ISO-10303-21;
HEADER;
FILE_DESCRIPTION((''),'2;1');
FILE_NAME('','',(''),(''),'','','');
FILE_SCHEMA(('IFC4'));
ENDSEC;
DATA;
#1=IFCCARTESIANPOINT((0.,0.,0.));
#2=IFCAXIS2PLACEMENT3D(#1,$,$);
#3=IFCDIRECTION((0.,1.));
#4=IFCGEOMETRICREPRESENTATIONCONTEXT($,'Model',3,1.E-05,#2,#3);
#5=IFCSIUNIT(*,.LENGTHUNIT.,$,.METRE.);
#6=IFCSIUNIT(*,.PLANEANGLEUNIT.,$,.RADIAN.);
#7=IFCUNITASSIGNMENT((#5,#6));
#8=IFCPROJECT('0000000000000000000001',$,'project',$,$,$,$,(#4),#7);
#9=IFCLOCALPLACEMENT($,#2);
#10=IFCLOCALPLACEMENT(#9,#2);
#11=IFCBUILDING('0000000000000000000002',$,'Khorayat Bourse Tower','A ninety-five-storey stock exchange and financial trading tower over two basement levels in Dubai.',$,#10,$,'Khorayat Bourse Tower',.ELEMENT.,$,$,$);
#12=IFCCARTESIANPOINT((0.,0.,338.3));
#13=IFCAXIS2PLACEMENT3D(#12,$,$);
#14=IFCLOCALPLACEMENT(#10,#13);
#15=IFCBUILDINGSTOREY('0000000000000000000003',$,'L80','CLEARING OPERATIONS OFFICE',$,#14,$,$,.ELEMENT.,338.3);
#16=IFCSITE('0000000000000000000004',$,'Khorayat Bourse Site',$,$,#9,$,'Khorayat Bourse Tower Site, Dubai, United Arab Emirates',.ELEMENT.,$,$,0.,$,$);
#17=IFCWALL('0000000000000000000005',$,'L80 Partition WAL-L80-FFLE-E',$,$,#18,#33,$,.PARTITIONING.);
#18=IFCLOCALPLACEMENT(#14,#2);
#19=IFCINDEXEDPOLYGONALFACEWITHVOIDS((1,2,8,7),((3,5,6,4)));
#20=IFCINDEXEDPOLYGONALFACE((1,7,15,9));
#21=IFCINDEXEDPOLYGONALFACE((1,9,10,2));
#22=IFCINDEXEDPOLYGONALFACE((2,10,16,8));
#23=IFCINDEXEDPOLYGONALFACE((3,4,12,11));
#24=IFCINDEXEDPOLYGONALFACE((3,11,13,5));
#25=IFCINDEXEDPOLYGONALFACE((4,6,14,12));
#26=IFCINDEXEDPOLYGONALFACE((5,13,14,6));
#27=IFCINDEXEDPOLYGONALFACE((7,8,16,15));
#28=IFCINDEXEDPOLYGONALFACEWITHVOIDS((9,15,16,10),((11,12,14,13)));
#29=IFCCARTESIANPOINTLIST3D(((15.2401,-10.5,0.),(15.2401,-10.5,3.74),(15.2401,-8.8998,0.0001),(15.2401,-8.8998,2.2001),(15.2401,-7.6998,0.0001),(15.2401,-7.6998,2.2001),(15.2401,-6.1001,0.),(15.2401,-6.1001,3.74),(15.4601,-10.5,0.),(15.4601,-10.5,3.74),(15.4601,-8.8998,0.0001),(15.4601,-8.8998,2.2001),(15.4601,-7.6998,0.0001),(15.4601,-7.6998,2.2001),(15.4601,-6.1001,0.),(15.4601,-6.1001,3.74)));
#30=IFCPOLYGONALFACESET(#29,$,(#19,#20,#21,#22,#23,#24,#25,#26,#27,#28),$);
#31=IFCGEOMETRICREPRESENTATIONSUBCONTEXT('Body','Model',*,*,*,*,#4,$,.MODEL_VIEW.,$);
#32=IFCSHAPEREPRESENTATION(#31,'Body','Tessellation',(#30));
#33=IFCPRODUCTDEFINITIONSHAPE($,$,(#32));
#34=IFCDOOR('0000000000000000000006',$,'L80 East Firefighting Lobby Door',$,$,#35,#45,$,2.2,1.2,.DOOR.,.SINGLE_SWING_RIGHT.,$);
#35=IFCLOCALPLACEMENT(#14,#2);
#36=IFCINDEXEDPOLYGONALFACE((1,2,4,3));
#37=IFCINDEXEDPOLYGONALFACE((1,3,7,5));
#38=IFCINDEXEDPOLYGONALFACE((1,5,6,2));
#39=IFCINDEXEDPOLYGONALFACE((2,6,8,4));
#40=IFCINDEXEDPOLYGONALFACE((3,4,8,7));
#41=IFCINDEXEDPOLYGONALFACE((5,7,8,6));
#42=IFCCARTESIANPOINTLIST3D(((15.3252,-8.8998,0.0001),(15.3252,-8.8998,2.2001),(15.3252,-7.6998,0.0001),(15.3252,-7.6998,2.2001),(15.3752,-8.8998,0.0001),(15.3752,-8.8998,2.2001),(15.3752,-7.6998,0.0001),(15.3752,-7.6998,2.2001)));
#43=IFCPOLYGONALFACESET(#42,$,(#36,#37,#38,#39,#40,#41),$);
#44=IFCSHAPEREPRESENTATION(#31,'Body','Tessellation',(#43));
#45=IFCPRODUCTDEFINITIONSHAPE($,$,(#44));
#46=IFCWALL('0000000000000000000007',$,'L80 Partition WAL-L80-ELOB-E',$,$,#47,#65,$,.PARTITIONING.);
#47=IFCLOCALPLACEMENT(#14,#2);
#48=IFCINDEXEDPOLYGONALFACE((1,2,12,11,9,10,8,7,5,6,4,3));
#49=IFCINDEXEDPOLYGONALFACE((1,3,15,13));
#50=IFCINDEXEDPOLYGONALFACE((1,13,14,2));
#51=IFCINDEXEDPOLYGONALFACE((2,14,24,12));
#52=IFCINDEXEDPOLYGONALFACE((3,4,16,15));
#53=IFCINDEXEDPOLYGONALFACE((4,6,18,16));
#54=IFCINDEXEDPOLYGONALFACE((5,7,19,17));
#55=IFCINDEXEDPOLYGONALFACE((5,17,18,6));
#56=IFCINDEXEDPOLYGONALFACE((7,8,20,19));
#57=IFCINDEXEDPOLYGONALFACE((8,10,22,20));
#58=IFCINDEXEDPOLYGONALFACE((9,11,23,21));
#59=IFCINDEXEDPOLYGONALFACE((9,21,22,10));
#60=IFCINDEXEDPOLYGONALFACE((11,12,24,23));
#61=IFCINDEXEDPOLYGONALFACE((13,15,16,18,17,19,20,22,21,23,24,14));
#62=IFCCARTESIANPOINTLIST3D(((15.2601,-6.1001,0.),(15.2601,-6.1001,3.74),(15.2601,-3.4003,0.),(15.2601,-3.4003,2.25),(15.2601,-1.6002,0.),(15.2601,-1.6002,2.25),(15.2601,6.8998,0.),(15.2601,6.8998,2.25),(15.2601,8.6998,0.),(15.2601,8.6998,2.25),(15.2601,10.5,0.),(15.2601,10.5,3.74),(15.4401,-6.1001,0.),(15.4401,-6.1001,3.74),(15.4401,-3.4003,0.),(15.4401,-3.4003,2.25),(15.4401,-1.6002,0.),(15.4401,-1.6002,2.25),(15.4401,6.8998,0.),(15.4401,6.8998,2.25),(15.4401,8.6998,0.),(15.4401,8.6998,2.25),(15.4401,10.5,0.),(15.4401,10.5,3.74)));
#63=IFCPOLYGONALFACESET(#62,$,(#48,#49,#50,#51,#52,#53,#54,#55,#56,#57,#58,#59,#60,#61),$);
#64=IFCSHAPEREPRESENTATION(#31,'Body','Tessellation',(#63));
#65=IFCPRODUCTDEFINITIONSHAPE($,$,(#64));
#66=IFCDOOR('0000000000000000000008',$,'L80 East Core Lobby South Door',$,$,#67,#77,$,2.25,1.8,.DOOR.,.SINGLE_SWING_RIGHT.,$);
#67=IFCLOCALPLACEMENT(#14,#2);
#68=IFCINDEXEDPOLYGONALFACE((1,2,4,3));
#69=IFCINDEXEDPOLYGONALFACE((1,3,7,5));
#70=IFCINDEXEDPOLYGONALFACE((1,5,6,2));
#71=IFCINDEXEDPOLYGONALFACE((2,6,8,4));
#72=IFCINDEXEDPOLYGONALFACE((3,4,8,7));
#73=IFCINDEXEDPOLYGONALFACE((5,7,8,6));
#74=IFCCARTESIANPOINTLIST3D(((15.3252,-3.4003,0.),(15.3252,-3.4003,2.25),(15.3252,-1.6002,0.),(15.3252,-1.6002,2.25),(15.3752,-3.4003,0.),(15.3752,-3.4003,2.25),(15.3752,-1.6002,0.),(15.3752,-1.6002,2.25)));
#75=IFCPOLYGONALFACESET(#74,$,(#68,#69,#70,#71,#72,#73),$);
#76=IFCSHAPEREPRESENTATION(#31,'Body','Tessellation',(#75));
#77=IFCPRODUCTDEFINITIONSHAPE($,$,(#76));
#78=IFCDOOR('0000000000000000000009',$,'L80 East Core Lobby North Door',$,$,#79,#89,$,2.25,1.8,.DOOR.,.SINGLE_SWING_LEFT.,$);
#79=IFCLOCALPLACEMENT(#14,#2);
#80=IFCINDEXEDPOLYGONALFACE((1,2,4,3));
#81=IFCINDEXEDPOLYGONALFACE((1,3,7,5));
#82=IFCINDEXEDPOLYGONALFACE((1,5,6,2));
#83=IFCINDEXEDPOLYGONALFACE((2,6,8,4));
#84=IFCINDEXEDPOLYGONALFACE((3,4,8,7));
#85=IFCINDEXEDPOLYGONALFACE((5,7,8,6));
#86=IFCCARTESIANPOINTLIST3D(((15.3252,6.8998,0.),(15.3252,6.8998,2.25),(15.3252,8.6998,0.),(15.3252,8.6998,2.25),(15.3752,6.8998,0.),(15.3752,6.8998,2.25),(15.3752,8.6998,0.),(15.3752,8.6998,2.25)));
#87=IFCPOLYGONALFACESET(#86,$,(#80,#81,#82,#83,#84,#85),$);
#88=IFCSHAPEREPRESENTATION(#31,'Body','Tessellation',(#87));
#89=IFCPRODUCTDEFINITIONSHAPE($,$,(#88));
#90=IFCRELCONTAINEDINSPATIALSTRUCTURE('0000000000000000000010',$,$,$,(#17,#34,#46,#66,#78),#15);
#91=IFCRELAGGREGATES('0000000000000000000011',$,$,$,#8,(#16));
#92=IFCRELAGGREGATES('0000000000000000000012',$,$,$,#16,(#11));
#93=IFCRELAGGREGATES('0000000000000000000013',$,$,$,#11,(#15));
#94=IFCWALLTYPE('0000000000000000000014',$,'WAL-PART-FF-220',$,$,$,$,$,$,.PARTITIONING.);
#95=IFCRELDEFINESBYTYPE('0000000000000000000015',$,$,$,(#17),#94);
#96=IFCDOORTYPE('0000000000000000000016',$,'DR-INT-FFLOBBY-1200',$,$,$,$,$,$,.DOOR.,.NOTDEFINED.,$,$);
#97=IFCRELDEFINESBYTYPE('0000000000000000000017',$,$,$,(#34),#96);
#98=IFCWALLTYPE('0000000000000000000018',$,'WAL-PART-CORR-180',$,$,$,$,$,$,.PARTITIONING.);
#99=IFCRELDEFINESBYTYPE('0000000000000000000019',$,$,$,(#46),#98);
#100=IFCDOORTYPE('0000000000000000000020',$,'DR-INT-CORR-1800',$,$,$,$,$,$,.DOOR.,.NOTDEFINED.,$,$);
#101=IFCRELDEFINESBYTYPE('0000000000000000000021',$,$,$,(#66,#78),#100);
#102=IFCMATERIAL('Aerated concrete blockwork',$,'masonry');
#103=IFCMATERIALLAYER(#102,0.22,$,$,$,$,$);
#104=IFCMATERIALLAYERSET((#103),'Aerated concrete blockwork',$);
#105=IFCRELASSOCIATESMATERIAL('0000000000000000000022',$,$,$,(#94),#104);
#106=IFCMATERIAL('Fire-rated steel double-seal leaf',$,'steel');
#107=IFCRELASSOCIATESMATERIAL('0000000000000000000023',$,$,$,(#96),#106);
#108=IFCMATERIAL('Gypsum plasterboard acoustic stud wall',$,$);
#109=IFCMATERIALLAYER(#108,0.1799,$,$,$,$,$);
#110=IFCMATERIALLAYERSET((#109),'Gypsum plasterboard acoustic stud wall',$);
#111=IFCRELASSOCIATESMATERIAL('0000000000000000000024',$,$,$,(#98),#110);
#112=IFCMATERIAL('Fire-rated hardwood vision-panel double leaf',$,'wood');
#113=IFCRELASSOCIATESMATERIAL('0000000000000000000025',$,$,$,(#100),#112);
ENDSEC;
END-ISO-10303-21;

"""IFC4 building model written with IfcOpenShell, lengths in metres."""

from ifc_helpers import new_model, si_unit, direction, frame, frame_2d, origin, place, context, subcontext, project, spatial, rectangle, extrude, source, transform, mapped, material, layer, layer_set, type_object, element, fill, save


model = new_model("IFC4")

# Units and contexts
model_context = context("Model", 3, precision=1e-05, world=origin(), true_north=direction((0.0, 1.0)))
body_context = subcontext(model_context, "Body", "Model", "MODEL_VIEW")
ifc_project = project(units=[si_unit("LENGTHUNIT", "METRE"), si_unit("PLANEANGLEUNIT", "RADIAN")], contexts=[model_context])

# Site, building, storey
site_placement = place(None, origin())
site = spatial("IfcSite", under=ifc_project, at=site_placement, Name="Khorayat Bourse Site", LongName="Khorayat Bourse Tower Site, Dubai, United Arab Emirates", CompositionType="ELEMENT", RefElevation=0.0)
building_placement = place(site_placement, origin())
building = spatial("IfcBuilding", under=site, at=building_placement, Name="Khorayat Bourse Tower", Description="A ninety-five-storey stock exchange and financial trading tower over two basement levels in Dubai.", LongName="Khorayat Bourse Tower", CompositionType="ELEMENT")
storey_placement = place(building_placement, frame((0.0, 0.0, 338.3)))
storey = spatial("IfcBuildingStorey", under=building, at=storey_placement, Name="L80", Description="CLEARING OPERATIONS OFFICE", CompositionType="ELEMENT", Elevation=338.3)

# Shared definitions
ifc_material_1 = material(Name="Aerated concrete blockwork", Category="masonry")
ifc_layer_1 = layer(ifc_material_1, 0.22)
ifc_layer_set_1 = layer_set([ifc_layer_1], Name="Aerated concrete blockwork")
wall_type_1 = type_object("IfcWallType", Name="WAL-PART-FF-220", PredefinedType="PARTITIONING", material=ifc_layer_set_1)

# Wall, opening, door
shared_shape_1 = source(origin(), body_context, "Body", "SweptSolid", [
    extrude(rectangle(XDim=4.3999, YDim=0.22, at=frame_2d((2.2, 0.0))), origin(), (0.0, 0.0, 1.0), 3.74),
])
wall_1_placement = place(storey_placement, frame((15.3501, -10.5, 0.0), z_axis=(0.0, 0.0, 1.0), x_axis=(0.0, 1.0, 0.0)))
wall_1 = element("IfcWall", 1, at=wall_1_placement, inside=storey, type_object=wall_type_1, Name="L80 Partition WAL-L80-FFLE-E", PredefinedType="PARTITIONING", context=body_context, shape_type="MappedRepresentation", body=[
    mapped(shared_shape_1, transform((0.0, 0.0, 0.0), scale=1.0)),
])
shared_shape_2 = source(origin(), body_context, "Body", "SweptSolid", [
    extrude(rectangle(XDim=1.2, YDim=2.2, at=frame_2d((0.6001, 1.1001))), frame((0.0, 0.1199, 0.0), z_axis=(0.0, -1.0, 0.0), x_axis=(1.0, 0.0, 0.0)), (0.0, 0.0, 1.0), 0.24),
])
opening_1_placement = place(wall_1_placement, frame((1.6001, 0.0, 0.0)))
opening_1 = element("IfcOpeningElement", 2, at=opening_1_placement, cuts=wall_1, PredefinedType="OPENING", context=body_context, shape_type="MappedRepresentation", body=[
    mapped(shared_shape_2, transform((0.0, 0.0, 0.0), scale=1.0)),
])
ifc_material_2 = material(Name="Fire-rated steel double-seal leaf", Category="steel")
door_type_1 = type_object("IfcDoorType", Name="DR-INT-FFLOBBY-1200", OperationType="NOTDEFINED", PredefinedType="DOOR", material=ifc_material_2)
shared_shape_3 = source(origin(), body_context, "Body", "SweptSolid", [
    extrude(rectangle(XDim=1.2, YDim=2.2, at=frame_2d((0.6001, 1.1001))), frame((0.0, 0.0249, 0.0), z_axis=(0.0, -1.0, 0.0), x_axis=(1.0, 0.0, 0.0)), (0.0, 0.0, 1.0), 0.05),
])
door_1_placement = place(opening_1_placement, origin())
door_1 = element("IfcDoor", 3, at=door_1_placement, inside=storey, type_object=door_type_1, Name="L80 East Firefighting Lobby Door", OperationType="SINGLE_SWING_RIGHT", OverallHeight=2.2, OverallWidth=1.2, PredefinedType="DOOR", context=body_context, shape_type="MappedRepresentation", body=[
    mapped(shared_shape_3, transform((0.0, 0.0, 0.0), scale=1.0)),
])
fill(opening_1, door_1)

# Wall, openings, doors
ifc_material_3 = material(Name="Gypsum plasterboard acoustic stud wall")
ifc_layer_2 = layer(ifc_material_3, 0.1799)
ifc_layer_set_2 = layer_set([ifc_layer_2], Name="Gypsum plasterboard acoustic stud wall")
wall_type_2 = type_object("IfcWallType", Name="WAL-PART-CORR-180", PredefinedType="PARTITIONING", material=ifc_layer_set_2)
shared_shape_4 = source(origin(), body_context, "Body", "SweptSolid", [
    extrude(rectangle(XDim=16.6001, YDim=0.1799, at=frame_2d((8.3, 0.0))), origin(), (0.0, 0.0, 1.0), 3.74),
])
wall_2_placement = place(storey_placement, frame((15.3501, -6.1001, 0.0), z_axis=(0.0, 0.0, 1.0), x_axis=(0.0, 1.0, 0.0)))
wall_2 = element("IfcWall", 4, at=wall_2_placement, inside=storey, type_object=wall_type_2, Name="L80 Partition WAL-L80-ELOB-E", PredefinedType="PARTITIONING", context=body_context, shape_type="MappedRepresentation", body=[
    mapped(shared_shape_4, transform((0.0, 0.0, 0.0), scale=1.0)),
])
shared_shape_5 = source(origin(), body_context, "Body", "SweptSolid", [
    extrude(rectangle(XDim=1.8, YDim=2.25, at=frame_2d((0.8999, 1.125))), frame((0.0, 0.0999, 0.0), z_axis=(0.0, -1.0, 0.0), x_axis=(1.0, 0.0, 0.0)), (0.0, 0.0, 1.0), 0.2),
])
opening_2_placement = place(wall_2_placement, frame((2.7, 0.0, 0.0)))
opening_2 = element("IfcOpeningElement", 5, at=opening_2_placement, cuts=wall_2, PredefinedType="OPENING", context=body_context, shape_type="MappedRepresentation", body=[
    mapped(shared_shape_5, transform((0.0, 0.0, 0.0), scale=1.0)),
])
opening_3_placement = place(wall_2_placement, frame((13.0, 0.0, 0.0)))
opening_3 = element("IfcOpeningElement", 6, at=opening_3_placement, cuts=wall_2, PredefinedType="OPENING", context=body_context, shape_type="MappedRepresentation", body=[
    mapped(shared_shape_5, transform((0.0, 0.0, 0.0), scale=1.0)),
])
ifc_material_4 = material(Name="Fire-rated hardwood vision-panel double leaf", Category="wood")
door_type_2 = type_object("IfcDoorType", Name="DR-INT-CORR-1800", OperationType="NOTDEFINED", PredefinedType="DOOR", material=ifc_material_4)
shared_shape_6 = source(origin(), body_context, "Body", "SweptSolid", [
    extrude(rectangle(XDim=1.8, YDim=2.25, at=frame_2d((0.8999, 1.125))), frame((0.0, 0.0249, 0.0), z_axis=(0.0, -1.0, 0.0), x_axis=(1.0, 0.0, 0.0)), (0.0, 0.0, 1.0), 0.05),
])
door_2_placement = place(opening_2_placement, origin())
door_2 = element("IfcDoor", 7, at=door_2_placement, inside=storey, type_object=door_type_2, Name="L80 East Core Lobby South Door", OperationType="SINGLE_SWING_RIGHT", OverallHeight=2.25, OverallWidth=1.8, PredefinedType="DOOR", context=body_context, shape_type="MappedRepresentation", body=[
    mapped(shared_shape_6, transform((0.0, 0.0, 0.0), scale=1.0)),
])
fill(opening_2, door_2)
door_3_placement = place(opening_3_placement, origin())
door_3 = element("IfcDoor", 8, at=door_3_placement, inside=storey, type_object=door_type_2, Name="L80 East Core Lobby North Door", OperationType="SINGLE_SWING_LEFT", OverallHeight=2.25, OverallWidth=1.8, PredefinedType="DOOR", context=body_context, shape_type="MappedRepresentation", body=[
    mapped(shared_shape_6, transform((0.0, 0.0, 0.0), scale=1.0)),
])
fill(opening_3, door_3)

save(model, "model.ifc")
